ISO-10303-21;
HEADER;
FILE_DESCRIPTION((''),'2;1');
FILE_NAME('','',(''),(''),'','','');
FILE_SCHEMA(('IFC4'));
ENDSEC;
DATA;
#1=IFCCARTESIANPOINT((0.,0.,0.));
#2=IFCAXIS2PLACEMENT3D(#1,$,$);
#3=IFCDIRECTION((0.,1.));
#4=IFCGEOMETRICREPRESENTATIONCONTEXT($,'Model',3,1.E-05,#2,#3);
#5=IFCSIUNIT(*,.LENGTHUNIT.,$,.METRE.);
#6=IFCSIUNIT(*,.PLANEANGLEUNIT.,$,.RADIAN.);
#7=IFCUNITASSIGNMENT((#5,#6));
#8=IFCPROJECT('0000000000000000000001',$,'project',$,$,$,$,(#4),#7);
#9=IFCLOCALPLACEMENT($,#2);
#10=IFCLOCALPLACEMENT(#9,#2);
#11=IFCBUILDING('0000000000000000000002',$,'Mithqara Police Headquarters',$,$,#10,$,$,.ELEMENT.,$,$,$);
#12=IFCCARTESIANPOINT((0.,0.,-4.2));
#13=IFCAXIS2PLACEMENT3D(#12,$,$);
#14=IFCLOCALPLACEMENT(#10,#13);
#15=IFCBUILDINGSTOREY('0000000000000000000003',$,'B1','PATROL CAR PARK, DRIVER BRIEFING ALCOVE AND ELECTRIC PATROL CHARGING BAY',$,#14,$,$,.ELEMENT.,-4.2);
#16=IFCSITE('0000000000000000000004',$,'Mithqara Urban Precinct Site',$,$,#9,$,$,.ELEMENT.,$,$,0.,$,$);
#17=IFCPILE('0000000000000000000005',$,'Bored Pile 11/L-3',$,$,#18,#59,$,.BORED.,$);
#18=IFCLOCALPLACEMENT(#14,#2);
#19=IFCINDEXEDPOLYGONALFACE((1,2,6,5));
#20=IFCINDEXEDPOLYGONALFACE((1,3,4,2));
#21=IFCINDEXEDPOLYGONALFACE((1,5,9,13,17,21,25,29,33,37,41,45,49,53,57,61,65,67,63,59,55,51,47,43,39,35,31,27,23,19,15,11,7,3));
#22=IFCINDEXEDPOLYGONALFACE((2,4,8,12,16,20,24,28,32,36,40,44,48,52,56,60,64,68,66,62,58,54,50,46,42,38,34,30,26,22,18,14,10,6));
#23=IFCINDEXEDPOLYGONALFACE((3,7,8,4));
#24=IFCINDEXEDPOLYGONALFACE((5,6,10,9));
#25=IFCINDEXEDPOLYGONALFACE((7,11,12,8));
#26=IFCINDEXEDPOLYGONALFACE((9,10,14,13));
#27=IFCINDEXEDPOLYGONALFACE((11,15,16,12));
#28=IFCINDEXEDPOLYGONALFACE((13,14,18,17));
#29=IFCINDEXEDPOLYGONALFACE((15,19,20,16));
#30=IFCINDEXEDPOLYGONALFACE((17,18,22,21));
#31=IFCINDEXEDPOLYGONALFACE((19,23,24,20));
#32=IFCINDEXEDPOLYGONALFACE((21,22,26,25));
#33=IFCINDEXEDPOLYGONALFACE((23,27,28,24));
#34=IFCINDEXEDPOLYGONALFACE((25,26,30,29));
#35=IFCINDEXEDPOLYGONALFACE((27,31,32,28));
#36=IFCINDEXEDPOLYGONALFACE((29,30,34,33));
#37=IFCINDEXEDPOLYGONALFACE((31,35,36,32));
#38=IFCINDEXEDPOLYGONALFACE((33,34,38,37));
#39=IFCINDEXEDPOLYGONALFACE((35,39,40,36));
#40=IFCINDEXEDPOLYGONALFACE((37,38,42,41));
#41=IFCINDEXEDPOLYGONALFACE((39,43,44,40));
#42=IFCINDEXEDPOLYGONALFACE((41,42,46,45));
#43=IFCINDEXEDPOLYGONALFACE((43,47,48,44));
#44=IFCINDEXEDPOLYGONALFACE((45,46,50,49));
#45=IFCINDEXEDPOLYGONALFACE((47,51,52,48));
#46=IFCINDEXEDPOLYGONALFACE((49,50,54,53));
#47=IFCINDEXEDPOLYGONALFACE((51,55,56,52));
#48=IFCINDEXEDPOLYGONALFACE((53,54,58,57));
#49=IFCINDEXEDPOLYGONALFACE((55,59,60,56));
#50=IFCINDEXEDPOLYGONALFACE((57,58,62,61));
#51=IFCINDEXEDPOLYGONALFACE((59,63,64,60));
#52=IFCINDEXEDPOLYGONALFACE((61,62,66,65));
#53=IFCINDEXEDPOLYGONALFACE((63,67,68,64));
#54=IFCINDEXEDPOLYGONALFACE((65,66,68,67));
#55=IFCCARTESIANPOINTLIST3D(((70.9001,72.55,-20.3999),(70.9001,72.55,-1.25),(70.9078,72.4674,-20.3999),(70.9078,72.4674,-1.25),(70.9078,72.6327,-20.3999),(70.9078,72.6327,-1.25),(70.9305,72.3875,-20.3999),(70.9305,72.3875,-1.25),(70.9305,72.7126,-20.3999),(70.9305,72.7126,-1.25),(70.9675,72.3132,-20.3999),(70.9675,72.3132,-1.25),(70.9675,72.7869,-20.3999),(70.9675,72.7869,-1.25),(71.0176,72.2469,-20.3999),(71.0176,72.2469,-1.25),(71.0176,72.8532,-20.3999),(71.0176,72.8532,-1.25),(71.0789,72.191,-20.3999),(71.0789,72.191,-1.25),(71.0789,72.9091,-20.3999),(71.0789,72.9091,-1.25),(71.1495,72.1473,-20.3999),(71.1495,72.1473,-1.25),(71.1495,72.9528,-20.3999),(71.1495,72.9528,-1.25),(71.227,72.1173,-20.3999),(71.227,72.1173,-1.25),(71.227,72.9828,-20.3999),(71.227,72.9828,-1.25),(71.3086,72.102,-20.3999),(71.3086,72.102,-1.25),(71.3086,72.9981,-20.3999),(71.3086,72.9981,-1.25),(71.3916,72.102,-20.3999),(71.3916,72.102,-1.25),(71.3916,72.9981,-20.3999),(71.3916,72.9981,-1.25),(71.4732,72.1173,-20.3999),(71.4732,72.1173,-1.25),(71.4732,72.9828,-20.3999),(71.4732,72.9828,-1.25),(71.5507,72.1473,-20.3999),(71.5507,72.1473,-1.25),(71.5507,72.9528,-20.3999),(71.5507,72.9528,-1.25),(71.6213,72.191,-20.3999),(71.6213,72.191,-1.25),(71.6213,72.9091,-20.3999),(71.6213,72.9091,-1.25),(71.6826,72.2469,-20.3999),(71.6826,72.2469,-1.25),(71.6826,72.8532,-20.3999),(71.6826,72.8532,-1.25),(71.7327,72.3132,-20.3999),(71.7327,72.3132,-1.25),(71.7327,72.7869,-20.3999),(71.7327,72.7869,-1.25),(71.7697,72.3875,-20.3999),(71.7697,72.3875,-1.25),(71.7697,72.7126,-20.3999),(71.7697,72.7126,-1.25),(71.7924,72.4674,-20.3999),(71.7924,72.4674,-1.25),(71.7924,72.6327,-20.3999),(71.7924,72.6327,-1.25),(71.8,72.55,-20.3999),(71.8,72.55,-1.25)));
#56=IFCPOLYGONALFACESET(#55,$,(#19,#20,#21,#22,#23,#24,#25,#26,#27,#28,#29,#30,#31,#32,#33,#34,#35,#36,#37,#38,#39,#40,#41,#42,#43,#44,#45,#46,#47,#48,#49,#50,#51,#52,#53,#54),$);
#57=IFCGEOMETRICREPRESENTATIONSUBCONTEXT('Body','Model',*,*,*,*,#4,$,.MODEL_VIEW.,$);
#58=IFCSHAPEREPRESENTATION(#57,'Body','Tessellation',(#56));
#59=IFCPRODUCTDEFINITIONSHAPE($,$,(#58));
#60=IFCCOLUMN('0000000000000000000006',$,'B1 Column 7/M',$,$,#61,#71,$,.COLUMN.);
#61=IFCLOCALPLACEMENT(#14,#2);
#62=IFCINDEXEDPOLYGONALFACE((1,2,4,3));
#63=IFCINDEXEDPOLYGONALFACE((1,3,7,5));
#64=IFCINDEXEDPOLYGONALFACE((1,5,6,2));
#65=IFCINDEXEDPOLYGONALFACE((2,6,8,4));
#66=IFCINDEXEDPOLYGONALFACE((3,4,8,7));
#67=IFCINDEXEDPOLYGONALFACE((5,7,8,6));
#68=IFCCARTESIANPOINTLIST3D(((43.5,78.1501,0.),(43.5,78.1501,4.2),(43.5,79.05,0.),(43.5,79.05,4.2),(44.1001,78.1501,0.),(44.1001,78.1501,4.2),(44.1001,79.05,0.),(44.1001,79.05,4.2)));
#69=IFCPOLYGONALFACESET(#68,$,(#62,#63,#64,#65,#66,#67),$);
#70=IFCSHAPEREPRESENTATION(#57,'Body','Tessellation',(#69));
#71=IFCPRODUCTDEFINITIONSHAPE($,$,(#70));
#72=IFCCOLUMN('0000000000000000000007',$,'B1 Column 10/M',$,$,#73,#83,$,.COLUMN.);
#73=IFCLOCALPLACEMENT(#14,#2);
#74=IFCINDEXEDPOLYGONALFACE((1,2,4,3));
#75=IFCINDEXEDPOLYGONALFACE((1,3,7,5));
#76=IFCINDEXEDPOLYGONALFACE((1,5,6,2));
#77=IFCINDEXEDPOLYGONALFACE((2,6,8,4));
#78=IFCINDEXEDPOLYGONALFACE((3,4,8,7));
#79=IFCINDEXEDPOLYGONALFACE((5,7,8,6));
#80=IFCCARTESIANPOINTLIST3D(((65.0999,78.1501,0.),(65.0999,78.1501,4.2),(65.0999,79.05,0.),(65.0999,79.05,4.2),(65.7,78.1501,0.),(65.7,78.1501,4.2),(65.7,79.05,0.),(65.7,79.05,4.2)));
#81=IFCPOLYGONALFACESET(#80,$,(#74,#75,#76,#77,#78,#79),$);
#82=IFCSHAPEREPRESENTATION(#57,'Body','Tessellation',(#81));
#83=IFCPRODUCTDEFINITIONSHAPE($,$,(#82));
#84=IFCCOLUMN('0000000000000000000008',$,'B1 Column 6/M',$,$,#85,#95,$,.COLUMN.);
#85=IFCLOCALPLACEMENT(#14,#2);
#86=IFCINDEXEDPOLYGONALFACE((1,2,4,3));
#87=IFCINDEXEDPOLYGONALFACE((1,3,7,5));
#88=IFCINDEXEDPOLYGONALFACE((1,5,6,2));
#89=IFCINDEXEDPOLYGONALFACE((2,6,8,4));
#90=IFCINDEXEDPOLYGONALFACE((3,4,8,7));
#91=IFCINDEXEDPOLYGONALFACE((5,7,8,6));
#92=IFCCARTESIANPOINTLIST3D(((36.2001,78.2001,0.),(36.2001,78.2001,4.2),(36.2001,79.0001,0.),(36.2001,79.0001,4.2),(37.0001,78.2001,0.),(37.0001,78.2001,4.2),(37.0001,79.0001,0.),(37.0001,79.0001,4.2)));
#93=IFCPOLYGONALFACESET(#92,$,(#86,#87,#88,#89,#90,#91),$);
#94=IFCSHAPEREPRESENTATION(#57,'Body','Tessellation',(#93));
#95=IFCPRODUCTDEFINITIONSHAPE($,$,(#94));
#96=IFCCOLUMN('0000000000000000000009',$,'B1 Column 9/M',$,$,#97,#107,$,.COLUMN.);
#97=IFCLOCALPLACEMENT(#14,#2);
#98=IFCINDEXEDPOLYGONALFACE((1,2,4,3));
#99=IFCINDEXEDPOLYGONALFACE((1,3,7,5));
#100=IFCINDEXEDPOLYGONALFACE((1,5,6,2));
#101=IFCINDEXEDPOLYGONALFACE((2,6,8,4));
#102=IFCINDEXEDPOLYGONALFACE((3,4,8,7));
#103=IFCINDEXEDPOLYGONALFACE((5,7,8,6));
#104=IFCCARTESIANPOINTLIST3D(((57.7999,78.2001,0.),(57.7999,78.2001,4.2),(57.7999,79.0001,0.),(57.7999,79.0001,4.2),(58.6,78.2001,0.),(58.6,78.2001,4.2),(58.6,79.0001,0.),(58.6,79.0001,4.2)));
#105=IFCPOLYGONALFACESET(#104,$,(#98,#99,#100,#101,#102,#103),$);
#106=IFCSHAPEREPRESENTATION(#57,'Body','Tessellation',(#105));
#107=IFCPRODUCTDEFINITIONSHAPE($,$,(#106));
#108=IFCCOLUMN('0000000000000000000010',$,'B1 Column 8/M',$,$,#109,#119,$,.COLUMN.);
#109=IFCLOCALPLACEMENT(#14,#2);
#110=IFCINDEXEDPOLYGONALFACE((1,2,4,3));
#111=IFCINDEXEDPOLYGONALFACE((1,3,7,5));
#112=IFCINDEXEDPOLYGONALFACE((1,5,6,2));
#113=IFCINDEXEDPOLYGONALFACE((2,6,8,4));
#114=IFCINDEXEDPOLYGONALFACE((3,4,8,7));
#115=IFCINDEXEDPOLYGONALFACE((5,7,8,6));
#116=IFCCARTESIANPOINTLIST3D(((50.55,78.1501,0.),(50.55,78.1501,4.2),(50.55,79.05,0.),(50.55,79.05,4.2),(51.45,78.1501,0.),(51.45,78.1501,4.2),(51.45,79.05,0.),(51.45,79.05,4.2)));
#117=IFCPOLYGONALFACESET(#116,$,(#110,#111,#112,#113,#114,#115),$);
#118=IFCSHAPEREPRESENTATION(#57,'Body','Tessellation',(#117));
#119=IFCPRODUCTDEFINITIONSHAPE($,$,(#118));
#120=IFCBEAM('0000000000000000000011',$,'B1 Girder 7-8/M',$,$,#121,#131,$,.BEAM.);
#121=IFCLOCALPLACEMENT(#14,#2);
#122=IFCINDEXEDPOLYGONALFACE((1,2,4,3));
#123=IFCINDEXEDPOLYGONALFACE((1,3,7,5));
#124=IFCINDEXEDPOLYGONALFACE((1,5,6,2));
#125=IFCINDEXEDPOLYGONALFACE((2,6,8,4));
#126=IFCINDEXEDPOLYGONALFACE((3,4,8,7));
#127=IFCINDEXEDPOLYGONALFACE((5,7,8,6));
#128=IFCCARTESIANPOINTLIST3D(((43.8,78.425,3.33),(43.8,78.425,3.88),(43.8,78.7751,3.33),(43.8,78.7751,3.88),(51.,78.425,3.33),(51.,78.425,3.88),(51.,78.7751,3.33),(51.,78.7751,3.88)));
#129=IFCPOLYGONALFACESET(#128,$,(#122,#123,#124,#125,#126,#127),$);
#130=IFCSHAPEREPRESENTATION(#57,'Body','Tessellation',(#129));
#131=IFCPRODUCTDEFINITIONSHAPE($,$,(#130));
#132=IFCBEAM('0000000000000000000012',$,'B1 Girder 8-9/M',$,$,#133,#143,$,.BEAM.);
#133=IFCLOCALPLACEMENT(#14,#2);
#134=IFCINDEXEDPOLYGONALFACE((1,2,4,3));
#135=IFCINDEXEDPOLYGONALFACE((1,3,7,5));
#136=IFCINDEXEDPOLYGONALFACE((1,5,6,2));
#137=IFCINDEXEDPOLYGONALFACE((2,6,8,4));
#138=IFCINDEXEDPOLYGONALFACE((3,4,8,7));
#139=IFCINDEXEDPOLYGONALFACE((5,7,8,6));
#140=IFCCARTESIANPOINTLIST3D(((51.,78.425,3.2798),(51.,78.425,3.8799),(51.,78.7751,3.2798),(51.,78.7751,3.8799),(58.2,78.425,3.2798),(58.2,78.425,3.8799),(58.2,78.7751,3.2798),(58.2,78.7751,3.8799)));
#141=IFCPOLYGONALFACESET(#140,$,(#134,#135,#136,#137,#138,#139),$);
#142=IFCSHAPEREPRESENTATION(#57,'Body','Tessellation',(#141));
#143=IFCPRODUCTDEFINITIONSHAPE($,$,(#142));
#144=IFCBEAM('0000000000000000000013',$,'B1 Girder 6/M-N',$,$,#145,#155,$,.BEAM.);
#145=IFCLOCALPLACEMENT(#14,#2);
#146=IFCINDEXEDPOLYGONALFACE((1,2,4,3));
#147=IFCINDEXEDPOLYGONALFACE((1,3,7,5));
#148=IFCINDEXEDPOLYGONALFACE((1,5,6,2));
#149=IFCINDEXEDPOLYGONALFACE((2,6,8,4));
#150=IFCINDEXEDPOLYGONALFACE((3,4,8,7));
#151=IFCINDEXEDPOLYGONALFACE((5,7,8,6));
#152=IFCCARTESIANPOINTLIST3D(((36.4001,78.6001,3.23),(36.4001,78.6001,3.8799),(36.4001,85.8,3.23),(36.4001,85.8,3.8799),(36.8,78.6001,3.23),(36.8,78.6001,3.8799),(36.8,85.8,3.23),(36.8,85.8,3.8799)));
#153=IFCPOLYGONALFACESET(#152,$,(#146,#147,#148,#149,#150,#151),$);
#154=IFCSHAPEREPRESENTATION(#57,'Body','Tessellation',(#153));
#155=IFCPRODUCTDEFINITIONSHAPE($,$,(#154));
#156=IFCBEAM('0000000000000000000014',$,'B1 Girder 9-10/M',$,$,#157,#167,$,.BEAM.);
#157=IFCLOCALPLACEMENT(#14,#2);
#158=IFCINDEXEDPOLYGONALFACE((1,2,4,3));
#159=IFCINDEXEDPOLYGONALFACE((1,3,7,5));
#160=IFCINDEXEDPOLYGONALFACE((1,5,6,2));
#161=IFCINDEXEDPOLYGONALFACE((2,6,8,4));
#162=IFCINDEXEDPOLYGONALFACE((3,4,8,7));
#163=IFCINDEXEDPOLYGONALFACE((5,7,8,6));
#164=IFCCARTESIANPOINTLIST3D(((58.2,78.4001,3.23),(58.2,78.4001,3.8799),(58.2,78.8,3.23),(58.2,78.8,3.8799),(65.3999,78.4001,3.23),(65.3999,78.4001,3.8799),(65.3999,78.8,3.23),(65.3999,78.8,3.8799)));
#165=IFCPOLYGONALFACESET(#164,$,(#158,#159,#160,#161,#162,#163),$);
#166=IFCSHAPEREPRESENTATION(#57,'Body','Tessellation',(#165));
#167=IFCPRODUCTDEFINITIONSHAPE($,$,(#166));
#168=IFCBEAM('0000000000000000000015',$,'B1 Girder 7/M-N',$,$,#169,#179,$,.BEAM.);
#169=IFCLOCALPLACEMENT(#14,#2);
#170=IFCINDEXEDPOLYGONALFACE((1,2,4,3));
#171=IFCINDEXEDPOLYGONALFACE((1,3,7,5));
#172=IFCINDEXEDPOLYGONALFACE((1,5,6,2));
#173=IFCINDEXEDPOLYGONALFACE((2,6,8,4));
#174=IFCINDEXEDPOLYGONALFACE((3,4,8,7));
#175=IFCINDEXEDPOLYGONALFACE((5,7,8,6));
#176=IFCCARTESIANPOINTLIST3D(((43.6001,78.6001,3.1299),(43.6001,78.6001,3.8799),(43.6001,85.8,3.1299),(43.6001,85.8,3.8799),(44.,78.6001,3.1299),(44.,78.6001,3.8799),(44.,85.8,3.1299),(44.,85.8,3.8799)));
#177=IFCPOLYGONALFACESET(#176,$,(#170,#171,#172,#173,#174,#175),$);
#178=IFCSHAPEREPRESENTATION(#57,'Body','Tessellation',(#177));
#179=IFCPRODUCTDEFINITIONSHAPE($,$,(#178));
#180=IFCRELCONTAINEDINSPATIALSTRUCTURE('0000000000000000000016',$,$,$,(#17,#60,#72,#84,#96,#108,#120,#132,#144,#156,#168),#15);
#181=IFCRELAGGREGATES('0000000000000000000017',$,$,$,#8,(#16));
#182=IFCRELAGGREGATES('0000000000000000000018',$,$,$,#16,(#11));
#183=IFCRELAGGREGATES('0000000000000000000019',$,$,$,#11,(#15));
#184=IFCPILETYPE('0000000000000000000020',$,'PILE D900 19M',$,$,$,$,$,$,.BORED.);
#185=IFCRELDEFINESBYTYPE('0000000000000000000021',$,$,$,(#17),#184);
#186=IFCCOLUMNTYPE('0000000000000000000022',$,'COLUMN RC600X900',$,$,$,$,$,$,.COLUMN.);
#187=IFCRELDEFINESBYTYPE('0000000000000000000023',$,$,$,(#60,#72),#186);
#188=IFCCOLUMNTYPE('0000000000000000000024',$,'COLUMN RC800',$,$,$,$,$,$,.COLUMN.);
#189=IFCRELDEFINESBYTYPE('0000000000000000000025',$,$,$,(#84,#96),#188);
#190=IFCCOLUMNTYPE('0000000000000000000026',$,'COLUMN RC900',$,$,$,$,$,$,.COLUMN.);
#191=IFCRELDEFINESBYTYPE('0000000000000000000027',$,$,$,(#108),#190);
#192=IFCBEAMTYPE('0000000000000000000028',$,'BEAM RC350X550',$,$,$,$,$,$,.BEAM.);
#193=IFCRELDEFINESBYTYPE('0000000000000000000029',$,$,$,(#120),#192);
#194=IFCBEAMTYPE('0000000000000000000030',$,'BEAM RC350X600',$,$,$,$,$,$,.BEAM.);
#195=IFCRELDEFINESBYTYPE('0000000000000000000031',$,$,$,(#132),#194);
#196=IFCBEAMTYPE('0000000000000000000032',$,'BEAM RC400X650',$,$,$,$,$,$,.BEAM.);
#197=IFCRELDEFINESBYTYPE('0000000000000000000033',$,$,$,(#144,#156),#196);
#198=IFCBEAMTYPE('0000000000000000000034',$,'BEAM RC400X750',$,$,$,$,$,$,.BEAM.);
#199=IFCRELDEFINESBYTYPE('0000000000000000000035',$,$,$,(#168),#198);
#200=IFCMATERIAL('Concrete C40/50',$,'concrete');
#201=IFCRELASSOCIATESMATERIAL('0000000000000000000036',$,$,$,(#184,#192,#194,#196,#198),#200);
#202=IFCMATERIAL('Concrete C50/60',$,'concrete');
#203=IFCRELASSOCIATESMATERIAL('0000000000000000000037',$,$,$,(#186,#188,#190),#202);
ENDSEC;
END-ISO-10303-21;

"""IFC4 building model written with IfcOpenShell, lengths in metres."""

from ifc_helpers import new_model, si_unit, direction, frame, origin, origin_2d, place, context, subcontext, project, spatial, rectangle, circle, extrude, material, material_profile, profile_set, type_object, element, save


model = new_model("IFC4")

# Units and contexts
model_context = context("Model", 3, precision=1e-05, world=origin(), true_north=direction((0.0, 1.0)))
body_context = subcontext(model_context, "Body", "Model", "MODEL_VIEW")
ifc_project = project(units=[si_unit("LENGTHUNIT", "METRE"), si_unit("PLANEANGLEUNIT", "RADIAN")], contexts=[model_context])

# Site, building, storey
site_placement = place(None, origin())
site = spatial("IfcSite", under=ifc_project, at=site_placement, Name="Mithqara Urban Precinct Site", CompositionType="ELEMENT", RefElevation=0.0)
building_placement = place(site_placement, origin())
building = spatial("IfcBuilding", under=site, at=building_placement, Name="Mithqara Police Headquarters", CompositionType="ELEMENT")
storey_placement = place(building_placement, frame((0.0, 0.0, -4.2)))
storey = spatial("IfcBuildingStorey", under=building, at=storey_placement, Name="B1", Description="PATROL CAR PARK, DRIVER BRIEFING ALCOVE AND ELECTRIC PATROL CHARGING BAY", CompositionType="ELEMENT", Elevation=-4.2)

# Pile
ifc_material_1 = material(Name="Concrete C40/50", Category="concrete")
ifc_material_profile_1 = material_profile(ifc_material_1, circle(Radius=0.45, at=origin_2d()), Name="PILE D900")
ifc_profile_set_1 = profile_set([ifc_material_profile_1], Name="Concrete C40/50")
pile_type_1 = type_object("IfcPileType", Name="PILE D900 19M", PredefinedType="BORED", material=ifc_profile_set_1)
for number, where, z_axis, x_axis, name in (
    (1, (71.3501, 72.55, -1.25), (0.0, 0.0, -1.0), (1.0, 0.0, 0.0), "Bored Pile 11/L-3"),
):
    element("IfcPile", number, at=place(storey_placement, frame(where, z_axis=z_axis, x_axis=x_axis)), inside=storey, type_object=pile_type_1, Name=name, PredefinedType="BORED", context=body_context, shape_type="SweptSolid", body=[
        extrude(circle(Radius=0.45, at=origin_2d()), origin(), (0.0, 0.0, 1.0), 19.1499),
    ])

# Columns
ifc_material_2 = material(Name="Concrete C50/60", Category="concrete")
ifc_material_profile_2 = material_profile(ifc_material_2, rectangle(XDim=0.6001, YDim=0.8999, at=origin_2d()), Name="RC 600x900")
ifc_profile_set_2 = profile_set([ifc_material_profile_2], Name="Concrete C50/60")
column_type_1 = type_object("IfcColumnType", Name="COLUMN RC600X900", PredefinedType="COLUMN", material=ifc_profile_set_2)
for number, where, z_axis, x_axis, name in (
    (2, (43.8, 78.6001, 0.0), (0.0, 0.0, 1.0), (1.0, 0.0, 0.0), "B1 Column 7/M"),
    (3, (65.3999, 78.6001, 0.0), (0.0, 0.0, 1.0), (1.0, 0.0, 0.0), "B1 Column 10/M"),
):
    element("IfcColumn", number, at=place(storey_placement, frame(where, z_axis=z_axis, x_axis=x_axis)), inside=storey, type_object=column_type_1, Name=name, PredefinedType="COLUMN", context=body_context, shape_type="SweptSolid", body=[
        extrude(rectangle(XDim=0.6001, YDim=0.8999, at=origin_2d()), origin(), (0.0, 0.0, 1.0), 4.2),
    ])
ifc_material_profile_3 = material_profile(ifc_material_2, rectangle(XDim=0.8, YDim=0.8, at=origin_2d()), Name="RC 800x800")
ifc_profile_set_3 = profile_set([ifc_material_profile_3], Name="Concrete C50/60")
column_type_2 = type_object("IfcColumnType", Name="COLUMN RC800", PredefinedType="COLUMN", material=ifc_profile_set_3)
for number, where, z_axis, x_axis, name in (
    (4, (36.6001, 78.6001, 0.0), (0.0, 0.0, 1.0), (1.0, 0.0, 0.0), "B1 Column 6/M"),
    (5, (58.2, 78.6001, 0.0), (0.0, 0.0, 1.0), (1.0, 0.0, 0.0), "B1 Column 9/M"),
):
    element("IfcColumn", number, at=place(storey_placement, frame(where, z_axis=z_axis, x_axis=x_axis)), inside=storey, type_object=column_type_2, Name=name, PredefinedType="COLUMN", context=body_context, shape_type="SweptSolid", body=[
        extrude(rectangle(XDim=0.8, YDim=0.8, at=origin_2d()), origin(), (0.0, 0.0, 1.0), 4.2),
    ])
ifc_material_profile_4 = material_profile(ifc_material_2, rectangle(XDim=0.8999, YDim=0.8999, at=origin_2d()), Name="RC 900x900")
ifc_profile_set_4 = profile_set([ifc_material_profile_4], Name="Concrete C50/60")
column_type_3 = type_object("IfcColumnType", Name="COLUMN RC900", PredefinedType="COLUMN", material=ifc_profile_set_4)
column_placement = place(storey_placement, frame((51.0, 78.6001, 0.0), z_axis=(0.0, 0.0, 1.0), x_axis=(1.0, 0.0, 0.0)))
element("IfcColumn", 6, at=column_placement, inside=storey, type_object=column_type_3, Name="B1 Column 8/M", PredefinedType="COLUMN", context=body_context, shape_type="SweptSolid", body=[
    extrude(rectangle(XDim=0.8999, YDim=0.8999, at=origin_2d()), origin(), (0.0, 0.0, 1.0), 4.2),
])

# Beams
ifc_material_profile_5 = material_profile(ifc_material_1, rectangle(XDim=0.3501, YDim=0.55, at=origin_2d()), Name="RC 350x550")
ifc_profile_set_5 = profile_set([ifc_material_profile_5], Name="Concrete C40/50")
beam_type_1 = type_object("IfcBeamType", Name="BEAM RC350X550", PredefinedType="BEAM", material=ifc_profile_set_5)
beam_1_placement = place(storey_placement, frame((43.8, 78.6001, 3.605), z_axis=(1.0, 0.0, 0.0), x_axis=(0.0, 1.0, 0.0)))
element("IfcBeam", 7, at=beam_1_placement, inside=storey, type_object=beam_type_1, Name="B1 Girder 7-8/M", PredefinedType="BEAM", context=body_context, shape_type="SweptSolid", body=[
    extrude(rectangle(XDim=0.3501, YDim=0.55, at=origin_2d()), origin(), (0.0, 0.0, 1.0), 7.2),
])
ifc_material_profile_6 = material_profile(ifc_material_1, rectangle(XDim=0.3501, YDim=0.6001, at=origin_2d()), Name="RC 350x600")
ifc_profile_set_6 = profile_set([ifc_material_profile_6], Name="Concrete C40/50")
beam_type_2 = type_object("IfcBeamType", Name="BEAM RC350X600", PredefinedType="BEAM", material=ifc_profile_set_6)
beam_2_placement = place(storey_placement, frame((51.0, 78.6001, 3.5798), z_axis=(1.0, 0.0, 0.0), x_axis=(0.0, 1.0, 0.0)))
element("IfcBeam", 8, at=beam_2_placement, inside=storey, type_object=beam_type_2, Name="B1 Girder 8-9/M", PredefinedType="BEAM", context=body_context, shape_type="SweptSolid", body=[
    extrude(rectangle(XDim=0.3501, YDim=0.6001, at=origin_2d()), origin(), (0.0, 0.0, 1.0), 7.2),
])
ifc_material_profile_7 = material_profile(ifc_material_1, rectangle(XDim=0.3999, YDim=0.6499, at=origin_2d()), Name="RC 400x650")
ifc_profile_set_7 = profile_set([ifc_material_profile_7], Name="Concrete C40/50")
beam_type_3 = type_object("IfcBeamType", Name="BEAM RC400X650", PredefinedType="BEAM", material=ifc_profile_set_7)
for number, where, z_axis, x_axis, name in (
    (9, (36.6001, 78.6001, 3.5549), (0.0, 1.0, 0.0), (-1.0, 0.0, 0.0), "B1 Girder 6/M-N"),
    (10, (58.2, 78.6001, 3.5549), (1.0, 0.0, 0.0), (0.0, 1.0, 0.0), "B1 Girder 9-10/M"),
):
    element("IfcBeam", number, at=place(storey_placement, frame(where, z_axis=z_axis, x_axis=x_axis)), inside=storey, type_object=beam_type_3, Name=name, PredefinedType="BEAM", context=body_context, shape_type="SweptSolid", body=[
        extrude(rectangle(XDim=0.3999, YDim=0.6499, at=origin_2d()), origin(), (0.0, 0.0, 1.0), 7.2),
    ])
ifc_material_profile_8 = material_profile(ifc_material_1, rectangle(XDim=0.3999, YDim=0.75, at=origin_2d()), Name="RC 400x750")
ifc_profile_set_8 = profile_set([ifc_material_profile_8], Name="Concrete C40/50")
beam_type_4 = type_object("IfcBeamType", Name="BEAM RC400X750", PredefinedType="BEAM", material=ifc_profile_set_8)
beam_3_placement = place(storey_placement, frame((43.8, 78.6001, 3.5049), z_axis=(0.0, 1.0, 0.0), x_axis=(-1.0, 0.0, 0.0)))
element("IfcBeam", 11, at=beam_3_placement, inside=storey, type_object=beam_type_4, Name="B1 Girder 7/M-N", PredefinedType="BEAM", context=body_context, shape_type="SweptSolid", body=[
    extrude(rectangle(XDim=0.3999, YDim=0.75, at=origin_2d()), origin(), (0.0, 0.0, 1.0), 7.2),
])

save(model, "model.ifc")
